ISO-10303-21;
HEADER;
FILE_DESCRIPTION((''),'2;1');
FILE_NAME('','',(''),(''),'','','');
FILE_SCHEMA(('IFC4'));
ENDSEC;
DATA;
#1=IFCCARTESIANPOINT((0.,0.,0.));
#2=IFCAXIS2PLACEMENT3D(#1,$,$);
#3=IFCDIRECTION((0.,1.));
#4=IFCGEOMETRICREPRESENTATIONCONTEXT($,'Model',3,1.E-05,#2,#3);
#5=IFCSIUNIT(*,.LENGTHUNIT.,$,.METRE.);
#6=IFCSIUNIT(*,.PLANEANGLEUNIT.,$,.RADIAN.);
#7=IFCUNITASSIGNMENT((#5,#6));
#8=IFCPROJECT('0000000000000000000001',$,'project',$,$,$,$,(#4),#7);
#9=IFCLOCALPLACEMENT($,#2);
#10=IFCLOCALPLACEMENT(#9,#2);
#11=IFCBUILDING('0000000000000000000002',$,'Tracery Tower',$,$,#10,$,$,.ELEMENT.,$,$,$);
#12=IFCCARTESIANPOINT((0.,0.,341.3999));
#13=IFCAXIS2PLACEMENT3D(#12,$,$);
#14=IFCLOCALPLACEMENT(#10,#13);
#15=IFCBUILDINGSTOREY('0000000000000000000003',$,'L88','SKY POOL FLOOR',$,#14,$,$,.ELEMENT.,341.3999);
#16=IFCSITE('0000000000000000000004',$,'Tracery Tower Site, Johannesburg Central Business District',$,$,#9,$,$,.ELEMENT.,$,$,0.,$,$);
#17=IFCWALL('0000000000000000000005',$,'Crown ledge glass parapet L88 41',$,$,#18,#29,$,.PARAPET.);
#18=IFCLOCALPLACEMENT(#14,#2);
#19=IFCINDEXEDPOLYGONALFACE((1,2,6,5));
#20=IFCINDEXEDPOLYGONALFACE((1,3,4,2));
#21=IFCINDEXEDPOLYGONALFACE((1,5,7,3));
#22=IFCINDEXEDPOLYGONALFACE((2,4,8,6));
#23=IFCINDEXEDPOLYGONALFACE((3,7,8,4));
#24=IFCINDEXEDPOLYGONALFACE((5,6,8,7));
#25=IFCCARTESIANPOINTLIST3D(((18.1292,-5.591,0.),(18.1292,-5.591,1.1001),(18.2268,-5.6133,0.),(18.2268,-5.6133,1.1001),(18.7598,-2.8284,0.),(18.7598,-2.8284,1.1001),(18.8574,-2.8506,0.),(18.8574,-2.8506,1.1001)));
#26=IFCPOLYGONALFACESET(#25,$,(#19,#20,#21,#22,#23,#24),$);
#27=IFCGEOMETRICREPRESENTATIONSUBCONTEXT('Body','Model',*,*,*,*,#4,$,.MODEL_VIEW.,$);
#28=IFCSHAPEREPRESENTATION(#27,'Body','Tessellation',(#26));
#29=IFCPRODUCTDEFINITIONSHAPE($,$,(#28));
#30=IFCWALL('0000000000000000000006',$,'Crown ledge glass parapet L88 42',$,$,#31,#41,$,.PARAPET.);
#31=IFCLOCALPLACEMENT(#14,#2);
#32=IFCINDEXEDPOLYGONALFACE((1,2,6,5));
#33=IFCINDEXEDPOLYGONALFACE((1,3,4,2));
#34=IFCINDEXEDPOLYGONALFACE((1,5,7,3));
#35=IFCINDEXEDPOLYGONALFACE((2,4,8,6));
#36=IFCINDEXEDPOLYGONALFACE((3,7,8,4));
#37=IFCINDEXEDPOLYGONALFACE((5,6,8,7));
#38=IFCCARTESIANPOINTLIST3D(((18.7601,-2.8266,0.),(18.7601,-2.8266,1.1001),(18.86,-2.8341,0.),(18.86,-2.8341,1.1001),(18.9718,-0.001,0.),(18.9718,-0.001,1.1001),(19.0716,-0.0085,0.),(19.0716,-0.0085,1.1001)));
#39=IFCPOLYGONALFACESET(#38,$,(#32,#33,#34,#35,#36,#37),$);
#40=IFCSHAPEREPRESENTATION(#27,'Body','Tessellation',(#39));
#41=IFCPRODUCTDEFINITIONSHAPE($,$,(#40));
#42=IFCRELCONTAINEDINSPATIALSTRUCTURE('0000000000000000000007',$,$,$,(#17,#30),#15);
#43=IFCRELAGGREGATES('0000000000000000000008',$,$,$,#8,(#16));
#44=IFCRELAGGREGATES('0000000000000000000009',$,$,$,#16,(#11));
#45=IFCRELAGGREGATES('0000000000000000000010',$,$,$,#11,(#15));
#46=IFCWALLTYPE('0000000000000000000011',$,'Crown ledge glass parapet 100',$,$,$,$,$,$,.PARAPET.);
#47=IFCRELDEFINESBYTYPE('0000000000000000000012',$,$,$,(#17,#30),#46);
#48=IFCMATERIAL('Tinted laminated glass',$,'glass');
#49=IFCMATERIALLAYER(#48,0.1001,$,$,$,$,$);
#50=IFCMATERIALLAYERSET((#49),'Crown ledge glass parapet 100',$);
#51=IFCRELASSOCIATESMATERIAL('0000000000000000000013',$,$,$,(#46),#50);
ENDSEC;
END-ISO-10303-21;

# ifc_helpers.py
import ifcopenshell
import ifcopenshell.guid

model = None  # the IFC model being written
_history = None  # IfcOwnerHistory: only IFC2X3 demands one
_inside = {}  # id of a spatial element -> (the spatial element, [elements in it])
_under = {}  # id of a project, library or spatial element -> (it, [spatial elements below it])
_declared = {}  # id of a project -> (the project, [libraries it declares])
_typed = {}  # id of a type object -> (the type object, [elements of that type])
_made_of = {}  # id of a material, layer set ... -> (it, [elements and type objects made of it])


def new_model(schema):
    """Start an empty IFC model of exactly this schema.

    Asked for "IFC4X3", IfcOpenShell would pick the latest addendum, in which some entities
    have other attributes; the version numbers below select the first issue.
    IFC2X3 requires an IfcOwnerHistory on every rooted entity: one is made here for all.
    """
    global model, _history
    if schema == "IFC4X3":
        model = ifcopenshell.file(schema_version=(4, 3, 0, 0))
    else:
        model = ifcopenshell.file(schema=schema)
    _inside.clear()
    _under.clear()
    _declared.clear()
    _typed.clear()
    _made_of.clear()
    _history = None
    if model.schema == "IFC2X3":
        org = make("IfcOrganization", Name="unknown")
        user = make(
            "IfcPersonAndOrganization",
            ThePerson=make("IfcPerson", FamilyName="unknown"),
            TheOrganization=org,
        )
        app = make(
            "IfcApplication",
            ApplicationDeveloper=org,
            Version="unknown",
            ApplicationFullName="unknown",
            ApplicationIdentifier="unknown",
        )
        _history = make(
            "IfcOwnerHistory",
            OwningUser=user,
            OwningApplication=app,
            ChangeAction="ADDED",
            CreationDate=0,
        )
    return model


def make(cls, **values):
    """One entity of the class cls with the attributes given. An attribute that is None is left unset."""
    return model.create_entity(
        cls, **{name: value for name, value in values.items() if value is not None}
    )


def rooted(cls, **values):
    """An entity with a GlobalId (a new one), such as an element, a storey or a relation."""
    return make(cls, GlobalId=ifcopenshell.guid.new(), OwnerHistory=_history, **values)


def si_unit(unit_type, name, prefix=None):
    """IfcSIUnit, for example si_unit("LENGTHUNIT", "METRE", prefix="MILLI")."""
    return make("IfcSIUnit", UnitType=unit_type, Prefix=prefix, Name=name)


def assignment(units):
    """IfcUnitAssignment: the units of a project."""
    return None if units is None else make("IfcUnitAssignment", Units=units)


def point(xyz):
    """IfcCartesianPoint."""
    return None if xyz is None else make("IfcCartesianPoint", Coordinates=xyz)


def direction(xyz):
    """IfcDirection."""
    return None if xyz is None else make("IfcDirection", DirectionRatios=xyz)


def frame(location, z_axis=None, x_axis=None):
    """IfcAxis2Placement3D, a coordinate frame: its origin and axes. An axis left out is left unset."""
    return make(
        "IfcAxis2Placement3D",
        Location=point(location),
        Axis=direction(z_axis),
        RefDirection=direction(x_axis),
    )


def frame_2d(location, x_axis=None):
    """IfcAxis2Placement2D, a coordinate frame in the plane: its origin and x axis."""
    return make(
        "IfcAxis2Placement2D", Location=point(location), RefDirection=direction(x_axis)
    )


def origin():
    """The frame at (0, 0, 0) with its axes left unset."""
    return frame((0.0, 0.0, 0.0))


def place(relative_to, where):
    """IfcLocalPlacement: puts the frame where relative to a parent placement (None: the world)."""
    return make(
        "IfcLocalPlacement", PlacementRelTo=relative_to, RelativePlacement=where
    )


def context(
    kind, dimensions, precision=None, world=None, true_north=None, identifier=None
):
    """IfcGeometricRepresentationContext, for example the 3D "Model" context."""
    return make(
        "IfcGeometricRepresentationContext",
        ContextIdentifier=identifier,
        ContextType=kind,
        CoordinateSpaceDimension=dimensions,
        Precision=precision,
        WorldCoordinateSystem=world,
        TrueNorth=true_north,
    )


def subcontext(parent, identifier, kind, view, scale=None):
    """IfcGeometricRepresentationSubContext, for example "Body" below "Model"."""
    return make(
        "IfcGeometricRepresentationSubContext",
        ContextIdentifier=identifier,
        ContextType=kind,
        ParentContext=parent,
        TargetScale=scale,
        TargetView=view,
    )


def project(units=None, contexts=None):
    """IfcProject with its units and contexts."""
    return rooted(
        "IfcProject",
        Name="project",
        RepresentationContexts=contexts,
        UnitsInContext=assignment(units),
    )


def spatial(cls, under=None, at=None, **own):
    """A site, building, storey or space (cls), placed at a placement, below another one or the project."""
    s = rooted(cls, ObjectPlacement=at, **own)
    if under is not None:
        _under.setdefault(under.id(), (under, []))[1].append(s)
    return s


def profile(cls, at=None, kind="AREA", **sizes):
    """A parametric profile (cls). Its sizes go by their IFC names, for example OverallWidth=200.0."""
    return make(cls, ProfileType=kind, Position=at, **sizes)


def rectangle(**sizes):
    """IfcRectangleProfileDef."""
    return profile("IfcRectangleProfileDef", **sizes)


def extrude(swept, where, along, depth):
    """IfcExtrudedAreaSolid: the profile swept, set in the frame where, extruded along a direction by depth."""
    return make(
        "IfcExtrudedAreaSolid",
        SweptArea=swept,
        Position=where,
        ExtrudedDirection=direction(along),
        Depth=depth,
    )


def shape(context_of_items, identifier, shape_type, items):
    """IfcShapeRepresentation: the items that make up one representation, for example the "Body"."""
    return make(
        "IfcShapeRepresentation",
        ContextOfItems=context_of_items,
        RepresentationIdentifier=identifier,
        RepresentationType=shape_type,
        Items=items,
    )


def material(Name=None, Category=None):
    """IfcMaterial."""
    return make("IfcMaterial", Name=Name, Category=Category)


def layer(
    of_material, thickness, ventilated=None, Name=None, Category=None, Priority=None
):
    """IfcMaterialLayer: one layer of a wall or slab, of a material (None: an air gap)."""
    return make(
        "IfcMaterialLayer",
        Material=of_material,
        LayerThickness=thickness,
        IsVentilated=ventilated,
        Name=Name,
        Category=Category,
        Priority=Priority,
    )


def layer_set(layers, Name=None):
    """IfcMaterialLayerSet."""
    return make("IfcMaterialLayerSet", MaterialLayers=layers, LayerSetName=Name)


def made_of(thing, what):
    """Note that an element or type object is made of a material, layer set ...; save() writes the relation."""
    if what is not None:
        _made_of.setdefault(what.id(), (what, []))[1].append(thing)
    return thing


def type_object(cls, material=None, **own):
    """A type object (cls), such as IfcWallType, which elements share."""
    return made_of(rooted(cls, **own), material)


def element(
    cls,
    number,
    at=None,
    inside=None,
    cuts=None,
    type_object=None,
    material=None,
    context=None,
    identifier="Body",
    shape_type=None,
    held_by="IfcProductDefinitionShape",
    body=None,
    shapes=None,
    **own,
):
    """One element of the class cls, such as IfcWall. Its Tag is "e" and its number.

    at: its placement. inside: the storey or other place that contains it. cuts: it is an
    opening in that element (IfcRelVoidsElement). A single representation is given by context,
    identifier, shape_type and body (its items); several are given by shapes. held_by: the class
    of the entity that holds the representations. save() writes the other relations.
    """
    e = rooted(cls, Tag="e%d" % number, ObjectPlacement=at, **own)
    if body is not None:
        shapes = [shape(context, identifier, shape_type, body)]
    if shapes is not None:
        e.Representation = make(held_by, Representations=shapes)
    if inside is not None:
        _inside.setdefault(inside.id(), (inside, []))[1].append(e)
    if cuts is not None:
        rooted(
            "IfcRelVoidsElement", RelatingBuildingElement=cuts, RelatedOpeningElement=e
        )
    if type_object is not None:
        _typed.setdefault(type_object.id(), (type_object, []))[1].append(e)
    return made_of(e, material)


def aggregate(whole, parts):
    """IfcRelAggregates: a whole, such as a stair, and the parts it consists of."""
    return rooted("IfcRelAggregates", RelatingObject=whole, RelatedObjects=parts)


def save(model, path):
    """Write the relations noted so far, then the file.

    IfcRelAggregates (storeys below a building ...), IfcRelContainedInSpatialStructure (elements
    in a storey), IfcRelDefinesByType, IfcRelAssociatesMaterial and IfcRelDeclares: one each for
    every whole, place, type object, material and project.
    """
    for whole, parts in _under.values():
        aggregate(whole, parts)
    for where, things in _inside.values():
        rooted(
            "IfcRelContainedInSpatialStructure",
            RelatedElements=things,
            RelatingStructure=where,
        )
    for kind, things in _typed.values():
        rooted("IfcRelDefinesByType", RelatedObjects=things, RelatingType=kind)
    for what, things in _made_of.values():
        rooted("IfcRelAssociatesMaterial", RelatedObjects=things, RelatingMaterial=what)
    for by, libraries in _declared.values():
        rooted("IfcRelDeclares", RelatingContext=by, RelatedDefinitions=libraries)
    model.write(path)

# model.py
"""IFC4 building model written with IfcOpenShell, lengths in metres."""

from ifc_helpers import new_model, si_unit, direction, frame, frame_2d, origin, place, context, subcontext, project, spatial, rectangle, extrude, material, layer, layer_set, type_object, element, save


model = new_model("IFC4")

# Units and contexts
model_context = context("Model", 3, precision=1e-05, world=origin(), true_north=direction((0.0, 1.0)))
body_context = subcontext(model_context, "Body", "Model", "MODEL_VIEW")
ifc_project = project(units=[si_unit("LENGTHUNIT", "METRE"), si_unit("PLANEANGLEUNIT", "RADIAN")], contexts=[model_context])

# Site, building, storey
site_placement = place(None, origin())
site = spatial("IfcSite", under=ifc_project, at=site_placement, Name="Tracery Tower Site, Johannesburg Central Business District", CompositionType="ELEMENT", RefElevation=0.0)
building_placement = place(site_placement, origin())
building = spatial("IfcBuilding", under=site, at=building_placement, Name="Tracery Tower", CompositionType="ELEMENT")
storey_placement = place(building_placement, frame((0.0, 0.0, 341.3999)))
storey = spatial("IfcBuildingStorey", under=building, at=storey_placement, Name="L88", Description="SKY POOL FLOOR", CompositionType="ELEMENT", Elevation=341.3999)

# Walls
ifc_material_1 = material(Name="Tinted laminated glass", Category="glass")
ifc_layer_1 = layer(ifc_material_1, 0.1001)
ifc_layer_set_1 = layer_set([ifc_layer_1], Name="Crown ledge glass parapet 100")
wall_type_1 = type_object("IfcWallType", Name="Crown ledge glass parapet 100", PredefinedType="PARAPET", material=ifc_layer_set_1)
wall_1_placement = place(storey_placement, frame((18.178, -5.6023, 0.0), z_axis=(0.0, 0.0, 1.0), x_axis=(0.222537, 0.974924, 0.0)))
element("IfcWall", 1, at=wall_1_placement, inside=storey, type_object=wall_type_1, Name="Crown ledge glass parapet L88 41", PredefinedType="PARAPET", context=body_context, shape_type="SweptSolid", body=[
    extrude(rectangle(XDim=2.8337, YDim=0.1001, at=frame_2d((1.417, 0.0))), origin(), (0.0, 0.0, 1.0), 1.1001),
])
wall_2_placement = place(storey_placement, frame((18.8101, -2.8303, 0.0), z_axis=(0.0, 0.0, 1.0), x_axis=(0.0747, 0.997206, 0.0)))
element("IfcWall", 2, at=wall_2_placement, inside=storey, type_object=wall_type_1, Name="Crown ledge glass parapet L88 42", PredefinedType="PARAPET", context=body_context, shape_type="SweptSolid", body=[
    extrude(rectangle(XDim=2.8335, YDim=0.1001, at=frame_2d((1.4167, 0.0))), origin(), (0.0, 0.0, 1.0), 1.1001),
])

save(model, "model.ifc")
